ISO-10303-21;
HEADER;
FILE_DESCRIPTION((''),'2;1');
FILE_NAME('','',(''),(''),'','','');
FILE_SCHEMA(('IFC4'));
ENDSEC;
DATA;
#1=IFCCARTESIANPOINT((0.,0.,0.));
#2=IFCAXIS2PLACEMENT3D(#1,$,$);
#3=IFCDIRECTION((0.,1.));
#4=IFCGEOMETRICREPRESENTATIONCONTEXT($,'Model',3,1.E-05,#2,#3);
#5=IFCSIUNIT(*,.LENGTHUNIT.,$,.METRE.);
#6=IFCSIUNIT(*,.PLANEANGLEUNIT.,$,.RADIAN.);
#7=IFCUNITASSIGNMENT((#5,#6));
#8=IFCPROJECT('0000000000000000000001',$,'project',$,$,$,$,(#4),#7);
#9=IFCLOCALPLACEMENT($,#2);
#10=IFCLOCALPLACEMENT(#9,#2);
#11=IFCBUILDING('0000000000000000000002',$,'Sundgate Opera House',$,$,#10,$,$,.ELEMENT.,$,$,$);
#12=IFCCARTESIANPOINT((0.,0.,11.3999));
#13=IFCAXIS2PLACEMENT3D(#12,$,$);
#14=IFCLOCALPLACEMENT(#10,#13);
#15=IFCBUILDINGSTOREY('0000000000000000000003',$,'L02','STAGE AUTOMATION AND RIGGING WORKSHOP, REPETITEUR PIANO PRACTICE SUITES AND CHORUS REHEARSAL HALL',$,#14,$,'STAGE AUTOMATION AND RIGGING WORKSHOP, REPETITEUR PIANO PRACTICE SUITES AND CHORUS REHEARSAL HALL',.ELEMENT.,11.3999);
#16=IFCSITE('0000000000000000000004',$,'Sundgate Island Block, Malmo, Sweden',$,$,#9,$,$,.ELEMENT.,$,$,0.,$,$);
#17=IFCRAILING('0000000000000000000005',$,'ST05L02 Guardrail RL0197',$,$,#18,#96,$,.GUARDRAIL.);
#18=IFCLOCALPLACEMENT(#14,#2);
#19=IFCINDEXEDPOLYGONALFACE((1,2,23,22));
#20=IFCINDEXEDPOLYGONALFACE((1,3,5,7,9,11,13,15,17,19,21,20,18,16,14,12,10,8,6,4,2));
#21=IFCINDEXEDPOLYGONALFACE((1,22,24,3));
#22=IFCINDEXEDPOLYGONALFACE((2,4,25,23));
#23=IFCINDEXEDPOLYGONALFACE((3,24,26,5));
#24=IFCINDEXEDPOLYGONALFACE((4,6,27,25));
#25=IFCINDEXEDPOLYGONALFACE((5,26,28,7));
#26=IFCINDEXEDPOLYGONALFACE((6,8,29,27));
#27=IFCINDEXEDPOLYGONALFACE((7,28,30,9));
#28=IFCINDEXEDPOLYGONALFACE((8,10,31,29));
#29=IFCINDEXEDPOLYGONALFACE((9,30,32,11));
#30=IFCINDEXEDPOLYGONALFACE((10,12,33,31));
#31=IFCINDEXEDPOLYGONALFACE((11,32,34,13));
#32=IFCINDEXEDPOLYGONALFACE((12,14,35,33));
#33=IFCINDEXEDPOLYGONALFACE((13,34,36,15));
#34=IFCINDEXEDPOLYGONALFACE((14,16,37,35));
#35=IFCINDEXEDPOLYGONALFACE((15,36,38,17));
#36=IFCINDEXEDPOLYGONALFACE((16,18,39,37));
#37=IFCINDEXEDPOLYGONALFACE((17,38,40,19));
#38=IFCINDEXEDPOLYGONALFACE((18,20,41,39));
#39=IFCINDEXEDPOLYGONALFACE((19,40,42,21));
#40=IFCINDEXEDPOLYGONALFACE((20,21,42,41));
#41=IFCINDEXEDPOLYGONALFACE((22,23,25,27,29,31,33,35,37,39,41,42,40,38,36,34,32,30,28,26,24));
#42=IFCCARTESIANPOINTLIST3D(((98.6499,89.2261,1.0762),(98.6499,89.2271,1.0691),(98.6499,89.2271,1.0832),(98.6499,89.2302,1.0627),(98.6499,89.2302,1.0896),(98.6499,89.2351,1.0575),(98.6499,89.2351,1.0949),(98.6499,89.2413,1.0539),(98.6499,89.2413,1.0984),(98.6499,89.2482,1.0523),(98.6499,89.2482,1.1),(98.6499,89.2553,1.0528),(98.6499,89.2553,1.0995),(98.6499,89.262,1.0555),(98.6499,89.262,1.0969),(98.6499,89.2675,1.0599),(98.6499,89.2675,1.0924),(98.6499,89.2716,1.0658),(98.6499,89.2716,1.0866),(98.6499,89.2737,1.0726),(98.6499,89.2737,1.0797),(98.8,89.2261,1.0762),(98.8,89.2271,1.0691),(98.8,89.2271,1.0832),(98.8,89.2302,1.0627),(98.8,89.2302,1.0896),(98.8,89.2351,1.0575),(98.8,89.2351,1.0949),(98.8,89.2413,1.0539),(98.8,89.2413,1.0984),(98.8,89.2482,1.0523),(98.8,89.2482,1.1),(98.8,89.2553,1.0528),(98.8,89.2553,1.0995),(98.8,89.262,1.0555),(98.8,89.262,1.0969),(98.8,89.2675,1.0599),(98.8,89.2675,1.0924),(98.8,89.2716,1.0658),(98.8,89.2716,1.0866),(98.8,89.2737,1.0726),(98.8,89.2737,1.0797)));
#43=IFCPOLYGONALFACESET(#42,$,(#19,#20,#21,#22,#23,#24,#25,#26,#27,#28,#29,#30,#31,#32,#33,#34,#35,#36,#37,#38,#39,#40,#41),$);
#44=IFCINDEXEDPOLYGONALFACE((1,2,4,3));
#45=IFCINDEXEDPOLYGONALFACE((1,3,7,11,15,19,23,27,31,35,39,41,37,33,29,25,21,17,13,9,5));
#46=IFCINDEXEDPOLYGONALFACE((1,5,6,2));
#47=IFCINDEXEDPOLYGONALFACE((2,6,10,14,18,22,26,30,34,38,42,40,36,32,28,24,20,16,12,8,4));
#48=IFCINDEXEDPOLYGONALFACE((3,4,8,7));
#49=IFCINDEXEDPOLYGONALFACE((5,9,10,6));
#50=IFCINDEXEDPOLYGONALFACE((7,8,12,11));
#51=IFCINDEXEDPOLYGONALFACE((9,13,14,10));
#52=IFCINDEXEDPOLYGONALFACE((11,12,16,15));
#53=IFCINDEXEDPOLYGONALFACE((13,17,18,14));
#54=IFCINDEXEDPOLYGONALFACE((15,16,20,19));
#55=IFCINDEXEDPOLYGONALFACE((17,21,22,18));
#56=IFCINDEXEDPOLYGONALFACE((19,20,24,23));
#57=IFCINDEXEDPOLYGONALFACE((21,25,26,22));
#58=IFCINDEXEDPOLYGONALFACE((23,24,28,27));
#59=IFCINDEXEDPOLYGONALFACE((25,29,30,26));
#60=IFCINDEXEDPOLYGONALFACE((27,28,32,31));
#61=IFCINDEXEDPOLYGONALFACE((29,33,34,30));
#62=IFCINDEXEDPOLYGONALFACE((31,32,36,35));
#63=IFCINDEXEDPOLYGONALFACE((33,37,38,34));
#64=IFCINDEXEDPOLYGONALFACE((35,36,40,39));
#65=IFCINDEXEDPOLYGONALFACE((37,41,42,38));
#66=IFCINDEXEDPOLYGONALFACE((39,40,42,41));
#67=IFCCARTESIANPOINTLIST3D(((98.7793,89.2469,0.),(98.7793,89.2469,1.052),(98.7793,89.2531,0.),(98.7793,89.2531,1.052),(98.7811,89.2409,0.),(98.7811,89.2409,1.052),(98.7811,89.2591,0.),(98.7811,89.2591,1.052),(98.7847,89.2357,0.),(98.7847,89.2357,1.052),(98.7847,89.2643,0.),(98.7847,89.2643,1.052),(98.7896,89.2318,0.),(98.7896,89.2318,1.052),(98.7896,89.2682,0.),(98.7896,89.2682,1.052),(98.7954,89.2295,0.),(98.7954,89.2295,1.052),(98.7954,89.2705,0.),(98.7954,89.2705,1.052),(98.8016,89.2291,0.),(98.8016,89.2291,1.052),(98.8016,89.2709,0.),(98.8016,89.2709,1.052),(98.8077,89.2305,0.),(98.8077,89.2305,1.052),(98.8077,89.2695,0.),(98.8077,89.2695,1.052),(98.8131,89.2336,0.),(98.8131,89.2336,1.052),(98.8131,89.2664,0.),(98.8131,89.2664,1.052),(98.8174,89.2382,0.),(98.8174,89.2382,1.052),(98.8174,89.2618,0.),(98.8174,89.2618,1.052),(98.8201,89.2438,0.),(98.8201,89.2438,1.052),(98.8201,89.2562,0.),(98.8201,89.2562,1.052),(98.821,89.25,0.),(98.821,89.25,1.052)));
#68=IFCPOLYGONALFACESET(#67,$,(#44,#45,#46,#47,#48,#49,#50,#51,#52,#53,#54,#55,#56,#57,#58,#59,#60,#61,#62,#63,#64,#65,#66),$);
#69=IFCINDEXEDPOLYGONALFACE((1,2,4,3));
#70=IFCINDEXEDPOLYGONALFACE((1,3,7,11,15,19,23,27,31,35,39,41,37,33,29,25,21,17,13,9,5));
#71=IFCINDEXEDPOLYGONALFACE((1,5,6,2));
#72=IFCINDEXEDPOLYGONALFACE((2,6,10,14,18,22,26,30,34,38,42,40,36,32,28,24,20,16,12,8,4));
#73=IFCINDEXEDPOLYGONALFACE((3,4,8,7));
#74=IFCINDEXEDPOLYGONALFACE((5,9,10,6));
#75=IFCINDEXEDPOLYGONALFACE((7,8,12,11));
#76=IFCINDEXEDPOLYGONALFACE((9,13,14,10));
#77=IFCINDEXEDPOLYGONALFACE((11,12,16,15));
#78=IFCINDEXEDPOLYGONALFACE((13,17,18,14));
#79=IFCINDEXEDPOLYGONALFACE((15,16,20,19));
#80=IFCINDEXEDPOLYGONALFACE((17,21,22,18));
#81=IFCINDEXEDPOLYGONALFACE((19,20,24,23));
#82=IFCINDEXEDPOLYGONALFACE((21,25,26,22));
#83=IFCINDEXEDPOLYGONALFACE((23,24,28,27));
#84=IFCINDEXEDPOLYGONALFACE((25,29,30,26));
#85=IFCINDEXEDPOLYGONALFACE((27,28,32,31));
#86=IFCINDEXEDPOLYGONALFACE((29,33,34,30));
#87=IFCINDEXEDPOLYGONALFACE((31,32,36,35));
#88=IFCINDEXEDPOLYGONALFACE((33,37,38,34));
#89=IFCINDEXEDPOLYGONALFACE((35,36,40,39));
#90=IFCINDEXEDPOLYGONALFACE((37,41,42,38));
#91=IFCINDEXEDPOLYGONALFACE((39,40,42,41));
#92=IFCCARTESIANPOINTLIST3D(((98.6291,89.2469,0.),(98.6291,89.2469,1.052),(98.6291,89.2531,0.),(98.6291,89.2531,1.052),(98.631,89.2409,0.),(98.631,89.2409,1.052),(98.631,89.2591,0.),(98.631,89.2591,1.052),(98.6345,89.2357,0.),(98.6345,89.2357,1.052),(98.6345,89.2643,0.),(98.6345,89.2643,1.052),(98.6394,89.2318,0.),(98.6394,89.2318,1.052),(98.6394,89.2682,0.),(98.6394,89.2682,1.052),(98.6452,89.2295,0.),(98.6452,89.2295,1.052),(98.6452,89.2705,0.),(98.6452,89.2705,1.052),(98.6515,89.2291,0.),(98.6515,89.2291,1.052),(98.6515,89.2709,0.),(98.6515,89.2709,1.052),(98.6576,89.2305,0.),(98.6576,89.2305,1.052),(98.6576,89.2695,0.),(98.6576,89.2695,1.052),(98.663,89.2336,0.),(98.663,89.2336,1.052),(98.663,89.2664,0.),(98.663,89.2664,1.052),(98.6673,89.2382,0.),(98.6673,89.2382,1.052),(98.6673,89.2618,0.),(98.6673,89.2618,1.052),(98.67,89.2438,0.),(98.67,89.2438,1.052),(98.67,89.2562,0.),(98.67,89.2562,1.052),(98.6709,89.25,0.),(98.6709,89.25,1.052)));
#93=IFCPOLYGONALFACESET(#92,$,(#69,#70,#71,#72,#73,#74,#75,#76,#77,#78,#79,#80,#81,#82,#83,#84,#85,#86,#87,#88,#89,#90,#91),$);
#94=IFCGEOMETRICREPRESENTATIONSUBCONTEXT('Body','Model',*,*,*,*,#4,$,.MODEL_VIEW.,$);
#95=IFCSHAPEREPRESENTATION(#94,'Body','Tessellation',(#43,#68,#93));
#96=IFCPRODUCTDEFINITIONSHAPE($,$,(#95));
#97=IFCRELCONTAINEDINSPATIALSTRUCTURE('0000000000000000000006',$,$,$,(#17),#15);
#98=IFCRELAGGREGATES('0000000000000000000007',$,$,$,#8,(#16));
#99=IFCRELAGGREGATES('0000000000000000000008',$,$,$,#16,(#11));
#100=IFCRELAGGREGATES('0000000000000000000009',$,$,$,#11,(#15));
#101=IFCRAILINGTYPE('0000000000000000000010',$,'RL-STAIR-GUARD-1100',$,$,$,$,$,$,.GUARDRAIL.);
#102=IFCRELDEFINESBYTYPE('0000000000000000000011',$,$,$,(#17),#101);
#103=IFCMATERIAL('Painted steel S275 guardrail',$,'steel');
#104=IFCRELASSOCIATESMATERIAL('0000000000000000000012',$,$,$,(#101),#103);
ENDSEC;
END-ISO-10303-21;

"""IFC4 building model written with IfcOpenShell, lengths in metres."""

from ifc_helpers import new_model, si_unit, direction, frame, origin, origin_2d, place, context, subcontext, project, spatial, circle, extrude, material, type_object, element, save


model = new_model("IFC4")

# Units and contexts
model_context = context("Model", 3, precision=1e-05, world=origin(), true_north=direction((0.0, 1.0)))
body_context = subcontext(model_context, "Body", "Model", "MODEL_VIEW")
ifc_project = project(units=[si_unit("LENGTHUNIT", "METRE"), si_unit("PLANEANGLEUNIT", "RADIAN")], contexts=[model_context])

# Site, building, storey
site_placement = place(None, origin())
site = spatial("IfcSite", under=ifc_project, at=site_placement, Name="Sundgate Island Block, Malmo, Sweden", CompositionType="ELEMENT", RefElevation=0.0)
building_placement = place(site_placement, origin())
building = spatial("IfcBuilding", under=site, at=building_placement, Name="Sundgate Opera House", CompositionType="ELEMENT")
storey_placement = place(building_placement, frame((0.0, 0.0, 11.3999)))
storey = spatial("IfcBuildingStorey", under=building, at=storey_placement, Name="L02", Description="STAGE AUTOMATION AND RIGGING WORKSHOP, REPETITEUR PIANO PRACTICE SUITES AND CHORUS REHEARSAL HALL", LongName="STAGE AUTOMATION AND RIGGING WORKSHOP, REPETITEUR PIANO PRACTICE SUITES AND CHORUS REHEARSAL HALL", CompositionType="ELEMENT", Elevation=11.3999)

# Railing
ifc_material_1 = material(Name="Painted steel S275 guardrail", Category="steel")
railing_type_1 = type_object("IfcRailingType", Name="RL-STAIR-GUARD-1100", PredefinedType="GUARDRAIL", material=ifc_material_1)
railing_1_placement = place(storey_placement, frame((98.8, 89.25, 0.0)))
element("IfcRailing", 1, at=railing_1_placement, inside=storey, type_object=railing_type_1, Name="ST05L02 Guardrail RL0197", PredefinedType="GUARDRAIL", context=body_context, shape_type="SweptSolid", body=[
    extrude(circle(Radius=0.0239, at=origin_2d()), frame((0.0, 0.0, 1.0762), z_axis=(-1.0, 0.0, 0.0), x_axis=(0.0, -1.0, 0.0)), (0.0, 0.0, 1.0), 0.1501),
    extrude(circle(Radius=0.021, at=origin_2d()), origin(), (0.0, 0.0, 1.0), 1.052),
    extrude(circle(Radius=0.021, at=origin_2d()), frame((-0.1501, 0.0, 0.0)), (0.0, 0.0, 1.0), 1.052),
])

save(model, "model.ifc")
